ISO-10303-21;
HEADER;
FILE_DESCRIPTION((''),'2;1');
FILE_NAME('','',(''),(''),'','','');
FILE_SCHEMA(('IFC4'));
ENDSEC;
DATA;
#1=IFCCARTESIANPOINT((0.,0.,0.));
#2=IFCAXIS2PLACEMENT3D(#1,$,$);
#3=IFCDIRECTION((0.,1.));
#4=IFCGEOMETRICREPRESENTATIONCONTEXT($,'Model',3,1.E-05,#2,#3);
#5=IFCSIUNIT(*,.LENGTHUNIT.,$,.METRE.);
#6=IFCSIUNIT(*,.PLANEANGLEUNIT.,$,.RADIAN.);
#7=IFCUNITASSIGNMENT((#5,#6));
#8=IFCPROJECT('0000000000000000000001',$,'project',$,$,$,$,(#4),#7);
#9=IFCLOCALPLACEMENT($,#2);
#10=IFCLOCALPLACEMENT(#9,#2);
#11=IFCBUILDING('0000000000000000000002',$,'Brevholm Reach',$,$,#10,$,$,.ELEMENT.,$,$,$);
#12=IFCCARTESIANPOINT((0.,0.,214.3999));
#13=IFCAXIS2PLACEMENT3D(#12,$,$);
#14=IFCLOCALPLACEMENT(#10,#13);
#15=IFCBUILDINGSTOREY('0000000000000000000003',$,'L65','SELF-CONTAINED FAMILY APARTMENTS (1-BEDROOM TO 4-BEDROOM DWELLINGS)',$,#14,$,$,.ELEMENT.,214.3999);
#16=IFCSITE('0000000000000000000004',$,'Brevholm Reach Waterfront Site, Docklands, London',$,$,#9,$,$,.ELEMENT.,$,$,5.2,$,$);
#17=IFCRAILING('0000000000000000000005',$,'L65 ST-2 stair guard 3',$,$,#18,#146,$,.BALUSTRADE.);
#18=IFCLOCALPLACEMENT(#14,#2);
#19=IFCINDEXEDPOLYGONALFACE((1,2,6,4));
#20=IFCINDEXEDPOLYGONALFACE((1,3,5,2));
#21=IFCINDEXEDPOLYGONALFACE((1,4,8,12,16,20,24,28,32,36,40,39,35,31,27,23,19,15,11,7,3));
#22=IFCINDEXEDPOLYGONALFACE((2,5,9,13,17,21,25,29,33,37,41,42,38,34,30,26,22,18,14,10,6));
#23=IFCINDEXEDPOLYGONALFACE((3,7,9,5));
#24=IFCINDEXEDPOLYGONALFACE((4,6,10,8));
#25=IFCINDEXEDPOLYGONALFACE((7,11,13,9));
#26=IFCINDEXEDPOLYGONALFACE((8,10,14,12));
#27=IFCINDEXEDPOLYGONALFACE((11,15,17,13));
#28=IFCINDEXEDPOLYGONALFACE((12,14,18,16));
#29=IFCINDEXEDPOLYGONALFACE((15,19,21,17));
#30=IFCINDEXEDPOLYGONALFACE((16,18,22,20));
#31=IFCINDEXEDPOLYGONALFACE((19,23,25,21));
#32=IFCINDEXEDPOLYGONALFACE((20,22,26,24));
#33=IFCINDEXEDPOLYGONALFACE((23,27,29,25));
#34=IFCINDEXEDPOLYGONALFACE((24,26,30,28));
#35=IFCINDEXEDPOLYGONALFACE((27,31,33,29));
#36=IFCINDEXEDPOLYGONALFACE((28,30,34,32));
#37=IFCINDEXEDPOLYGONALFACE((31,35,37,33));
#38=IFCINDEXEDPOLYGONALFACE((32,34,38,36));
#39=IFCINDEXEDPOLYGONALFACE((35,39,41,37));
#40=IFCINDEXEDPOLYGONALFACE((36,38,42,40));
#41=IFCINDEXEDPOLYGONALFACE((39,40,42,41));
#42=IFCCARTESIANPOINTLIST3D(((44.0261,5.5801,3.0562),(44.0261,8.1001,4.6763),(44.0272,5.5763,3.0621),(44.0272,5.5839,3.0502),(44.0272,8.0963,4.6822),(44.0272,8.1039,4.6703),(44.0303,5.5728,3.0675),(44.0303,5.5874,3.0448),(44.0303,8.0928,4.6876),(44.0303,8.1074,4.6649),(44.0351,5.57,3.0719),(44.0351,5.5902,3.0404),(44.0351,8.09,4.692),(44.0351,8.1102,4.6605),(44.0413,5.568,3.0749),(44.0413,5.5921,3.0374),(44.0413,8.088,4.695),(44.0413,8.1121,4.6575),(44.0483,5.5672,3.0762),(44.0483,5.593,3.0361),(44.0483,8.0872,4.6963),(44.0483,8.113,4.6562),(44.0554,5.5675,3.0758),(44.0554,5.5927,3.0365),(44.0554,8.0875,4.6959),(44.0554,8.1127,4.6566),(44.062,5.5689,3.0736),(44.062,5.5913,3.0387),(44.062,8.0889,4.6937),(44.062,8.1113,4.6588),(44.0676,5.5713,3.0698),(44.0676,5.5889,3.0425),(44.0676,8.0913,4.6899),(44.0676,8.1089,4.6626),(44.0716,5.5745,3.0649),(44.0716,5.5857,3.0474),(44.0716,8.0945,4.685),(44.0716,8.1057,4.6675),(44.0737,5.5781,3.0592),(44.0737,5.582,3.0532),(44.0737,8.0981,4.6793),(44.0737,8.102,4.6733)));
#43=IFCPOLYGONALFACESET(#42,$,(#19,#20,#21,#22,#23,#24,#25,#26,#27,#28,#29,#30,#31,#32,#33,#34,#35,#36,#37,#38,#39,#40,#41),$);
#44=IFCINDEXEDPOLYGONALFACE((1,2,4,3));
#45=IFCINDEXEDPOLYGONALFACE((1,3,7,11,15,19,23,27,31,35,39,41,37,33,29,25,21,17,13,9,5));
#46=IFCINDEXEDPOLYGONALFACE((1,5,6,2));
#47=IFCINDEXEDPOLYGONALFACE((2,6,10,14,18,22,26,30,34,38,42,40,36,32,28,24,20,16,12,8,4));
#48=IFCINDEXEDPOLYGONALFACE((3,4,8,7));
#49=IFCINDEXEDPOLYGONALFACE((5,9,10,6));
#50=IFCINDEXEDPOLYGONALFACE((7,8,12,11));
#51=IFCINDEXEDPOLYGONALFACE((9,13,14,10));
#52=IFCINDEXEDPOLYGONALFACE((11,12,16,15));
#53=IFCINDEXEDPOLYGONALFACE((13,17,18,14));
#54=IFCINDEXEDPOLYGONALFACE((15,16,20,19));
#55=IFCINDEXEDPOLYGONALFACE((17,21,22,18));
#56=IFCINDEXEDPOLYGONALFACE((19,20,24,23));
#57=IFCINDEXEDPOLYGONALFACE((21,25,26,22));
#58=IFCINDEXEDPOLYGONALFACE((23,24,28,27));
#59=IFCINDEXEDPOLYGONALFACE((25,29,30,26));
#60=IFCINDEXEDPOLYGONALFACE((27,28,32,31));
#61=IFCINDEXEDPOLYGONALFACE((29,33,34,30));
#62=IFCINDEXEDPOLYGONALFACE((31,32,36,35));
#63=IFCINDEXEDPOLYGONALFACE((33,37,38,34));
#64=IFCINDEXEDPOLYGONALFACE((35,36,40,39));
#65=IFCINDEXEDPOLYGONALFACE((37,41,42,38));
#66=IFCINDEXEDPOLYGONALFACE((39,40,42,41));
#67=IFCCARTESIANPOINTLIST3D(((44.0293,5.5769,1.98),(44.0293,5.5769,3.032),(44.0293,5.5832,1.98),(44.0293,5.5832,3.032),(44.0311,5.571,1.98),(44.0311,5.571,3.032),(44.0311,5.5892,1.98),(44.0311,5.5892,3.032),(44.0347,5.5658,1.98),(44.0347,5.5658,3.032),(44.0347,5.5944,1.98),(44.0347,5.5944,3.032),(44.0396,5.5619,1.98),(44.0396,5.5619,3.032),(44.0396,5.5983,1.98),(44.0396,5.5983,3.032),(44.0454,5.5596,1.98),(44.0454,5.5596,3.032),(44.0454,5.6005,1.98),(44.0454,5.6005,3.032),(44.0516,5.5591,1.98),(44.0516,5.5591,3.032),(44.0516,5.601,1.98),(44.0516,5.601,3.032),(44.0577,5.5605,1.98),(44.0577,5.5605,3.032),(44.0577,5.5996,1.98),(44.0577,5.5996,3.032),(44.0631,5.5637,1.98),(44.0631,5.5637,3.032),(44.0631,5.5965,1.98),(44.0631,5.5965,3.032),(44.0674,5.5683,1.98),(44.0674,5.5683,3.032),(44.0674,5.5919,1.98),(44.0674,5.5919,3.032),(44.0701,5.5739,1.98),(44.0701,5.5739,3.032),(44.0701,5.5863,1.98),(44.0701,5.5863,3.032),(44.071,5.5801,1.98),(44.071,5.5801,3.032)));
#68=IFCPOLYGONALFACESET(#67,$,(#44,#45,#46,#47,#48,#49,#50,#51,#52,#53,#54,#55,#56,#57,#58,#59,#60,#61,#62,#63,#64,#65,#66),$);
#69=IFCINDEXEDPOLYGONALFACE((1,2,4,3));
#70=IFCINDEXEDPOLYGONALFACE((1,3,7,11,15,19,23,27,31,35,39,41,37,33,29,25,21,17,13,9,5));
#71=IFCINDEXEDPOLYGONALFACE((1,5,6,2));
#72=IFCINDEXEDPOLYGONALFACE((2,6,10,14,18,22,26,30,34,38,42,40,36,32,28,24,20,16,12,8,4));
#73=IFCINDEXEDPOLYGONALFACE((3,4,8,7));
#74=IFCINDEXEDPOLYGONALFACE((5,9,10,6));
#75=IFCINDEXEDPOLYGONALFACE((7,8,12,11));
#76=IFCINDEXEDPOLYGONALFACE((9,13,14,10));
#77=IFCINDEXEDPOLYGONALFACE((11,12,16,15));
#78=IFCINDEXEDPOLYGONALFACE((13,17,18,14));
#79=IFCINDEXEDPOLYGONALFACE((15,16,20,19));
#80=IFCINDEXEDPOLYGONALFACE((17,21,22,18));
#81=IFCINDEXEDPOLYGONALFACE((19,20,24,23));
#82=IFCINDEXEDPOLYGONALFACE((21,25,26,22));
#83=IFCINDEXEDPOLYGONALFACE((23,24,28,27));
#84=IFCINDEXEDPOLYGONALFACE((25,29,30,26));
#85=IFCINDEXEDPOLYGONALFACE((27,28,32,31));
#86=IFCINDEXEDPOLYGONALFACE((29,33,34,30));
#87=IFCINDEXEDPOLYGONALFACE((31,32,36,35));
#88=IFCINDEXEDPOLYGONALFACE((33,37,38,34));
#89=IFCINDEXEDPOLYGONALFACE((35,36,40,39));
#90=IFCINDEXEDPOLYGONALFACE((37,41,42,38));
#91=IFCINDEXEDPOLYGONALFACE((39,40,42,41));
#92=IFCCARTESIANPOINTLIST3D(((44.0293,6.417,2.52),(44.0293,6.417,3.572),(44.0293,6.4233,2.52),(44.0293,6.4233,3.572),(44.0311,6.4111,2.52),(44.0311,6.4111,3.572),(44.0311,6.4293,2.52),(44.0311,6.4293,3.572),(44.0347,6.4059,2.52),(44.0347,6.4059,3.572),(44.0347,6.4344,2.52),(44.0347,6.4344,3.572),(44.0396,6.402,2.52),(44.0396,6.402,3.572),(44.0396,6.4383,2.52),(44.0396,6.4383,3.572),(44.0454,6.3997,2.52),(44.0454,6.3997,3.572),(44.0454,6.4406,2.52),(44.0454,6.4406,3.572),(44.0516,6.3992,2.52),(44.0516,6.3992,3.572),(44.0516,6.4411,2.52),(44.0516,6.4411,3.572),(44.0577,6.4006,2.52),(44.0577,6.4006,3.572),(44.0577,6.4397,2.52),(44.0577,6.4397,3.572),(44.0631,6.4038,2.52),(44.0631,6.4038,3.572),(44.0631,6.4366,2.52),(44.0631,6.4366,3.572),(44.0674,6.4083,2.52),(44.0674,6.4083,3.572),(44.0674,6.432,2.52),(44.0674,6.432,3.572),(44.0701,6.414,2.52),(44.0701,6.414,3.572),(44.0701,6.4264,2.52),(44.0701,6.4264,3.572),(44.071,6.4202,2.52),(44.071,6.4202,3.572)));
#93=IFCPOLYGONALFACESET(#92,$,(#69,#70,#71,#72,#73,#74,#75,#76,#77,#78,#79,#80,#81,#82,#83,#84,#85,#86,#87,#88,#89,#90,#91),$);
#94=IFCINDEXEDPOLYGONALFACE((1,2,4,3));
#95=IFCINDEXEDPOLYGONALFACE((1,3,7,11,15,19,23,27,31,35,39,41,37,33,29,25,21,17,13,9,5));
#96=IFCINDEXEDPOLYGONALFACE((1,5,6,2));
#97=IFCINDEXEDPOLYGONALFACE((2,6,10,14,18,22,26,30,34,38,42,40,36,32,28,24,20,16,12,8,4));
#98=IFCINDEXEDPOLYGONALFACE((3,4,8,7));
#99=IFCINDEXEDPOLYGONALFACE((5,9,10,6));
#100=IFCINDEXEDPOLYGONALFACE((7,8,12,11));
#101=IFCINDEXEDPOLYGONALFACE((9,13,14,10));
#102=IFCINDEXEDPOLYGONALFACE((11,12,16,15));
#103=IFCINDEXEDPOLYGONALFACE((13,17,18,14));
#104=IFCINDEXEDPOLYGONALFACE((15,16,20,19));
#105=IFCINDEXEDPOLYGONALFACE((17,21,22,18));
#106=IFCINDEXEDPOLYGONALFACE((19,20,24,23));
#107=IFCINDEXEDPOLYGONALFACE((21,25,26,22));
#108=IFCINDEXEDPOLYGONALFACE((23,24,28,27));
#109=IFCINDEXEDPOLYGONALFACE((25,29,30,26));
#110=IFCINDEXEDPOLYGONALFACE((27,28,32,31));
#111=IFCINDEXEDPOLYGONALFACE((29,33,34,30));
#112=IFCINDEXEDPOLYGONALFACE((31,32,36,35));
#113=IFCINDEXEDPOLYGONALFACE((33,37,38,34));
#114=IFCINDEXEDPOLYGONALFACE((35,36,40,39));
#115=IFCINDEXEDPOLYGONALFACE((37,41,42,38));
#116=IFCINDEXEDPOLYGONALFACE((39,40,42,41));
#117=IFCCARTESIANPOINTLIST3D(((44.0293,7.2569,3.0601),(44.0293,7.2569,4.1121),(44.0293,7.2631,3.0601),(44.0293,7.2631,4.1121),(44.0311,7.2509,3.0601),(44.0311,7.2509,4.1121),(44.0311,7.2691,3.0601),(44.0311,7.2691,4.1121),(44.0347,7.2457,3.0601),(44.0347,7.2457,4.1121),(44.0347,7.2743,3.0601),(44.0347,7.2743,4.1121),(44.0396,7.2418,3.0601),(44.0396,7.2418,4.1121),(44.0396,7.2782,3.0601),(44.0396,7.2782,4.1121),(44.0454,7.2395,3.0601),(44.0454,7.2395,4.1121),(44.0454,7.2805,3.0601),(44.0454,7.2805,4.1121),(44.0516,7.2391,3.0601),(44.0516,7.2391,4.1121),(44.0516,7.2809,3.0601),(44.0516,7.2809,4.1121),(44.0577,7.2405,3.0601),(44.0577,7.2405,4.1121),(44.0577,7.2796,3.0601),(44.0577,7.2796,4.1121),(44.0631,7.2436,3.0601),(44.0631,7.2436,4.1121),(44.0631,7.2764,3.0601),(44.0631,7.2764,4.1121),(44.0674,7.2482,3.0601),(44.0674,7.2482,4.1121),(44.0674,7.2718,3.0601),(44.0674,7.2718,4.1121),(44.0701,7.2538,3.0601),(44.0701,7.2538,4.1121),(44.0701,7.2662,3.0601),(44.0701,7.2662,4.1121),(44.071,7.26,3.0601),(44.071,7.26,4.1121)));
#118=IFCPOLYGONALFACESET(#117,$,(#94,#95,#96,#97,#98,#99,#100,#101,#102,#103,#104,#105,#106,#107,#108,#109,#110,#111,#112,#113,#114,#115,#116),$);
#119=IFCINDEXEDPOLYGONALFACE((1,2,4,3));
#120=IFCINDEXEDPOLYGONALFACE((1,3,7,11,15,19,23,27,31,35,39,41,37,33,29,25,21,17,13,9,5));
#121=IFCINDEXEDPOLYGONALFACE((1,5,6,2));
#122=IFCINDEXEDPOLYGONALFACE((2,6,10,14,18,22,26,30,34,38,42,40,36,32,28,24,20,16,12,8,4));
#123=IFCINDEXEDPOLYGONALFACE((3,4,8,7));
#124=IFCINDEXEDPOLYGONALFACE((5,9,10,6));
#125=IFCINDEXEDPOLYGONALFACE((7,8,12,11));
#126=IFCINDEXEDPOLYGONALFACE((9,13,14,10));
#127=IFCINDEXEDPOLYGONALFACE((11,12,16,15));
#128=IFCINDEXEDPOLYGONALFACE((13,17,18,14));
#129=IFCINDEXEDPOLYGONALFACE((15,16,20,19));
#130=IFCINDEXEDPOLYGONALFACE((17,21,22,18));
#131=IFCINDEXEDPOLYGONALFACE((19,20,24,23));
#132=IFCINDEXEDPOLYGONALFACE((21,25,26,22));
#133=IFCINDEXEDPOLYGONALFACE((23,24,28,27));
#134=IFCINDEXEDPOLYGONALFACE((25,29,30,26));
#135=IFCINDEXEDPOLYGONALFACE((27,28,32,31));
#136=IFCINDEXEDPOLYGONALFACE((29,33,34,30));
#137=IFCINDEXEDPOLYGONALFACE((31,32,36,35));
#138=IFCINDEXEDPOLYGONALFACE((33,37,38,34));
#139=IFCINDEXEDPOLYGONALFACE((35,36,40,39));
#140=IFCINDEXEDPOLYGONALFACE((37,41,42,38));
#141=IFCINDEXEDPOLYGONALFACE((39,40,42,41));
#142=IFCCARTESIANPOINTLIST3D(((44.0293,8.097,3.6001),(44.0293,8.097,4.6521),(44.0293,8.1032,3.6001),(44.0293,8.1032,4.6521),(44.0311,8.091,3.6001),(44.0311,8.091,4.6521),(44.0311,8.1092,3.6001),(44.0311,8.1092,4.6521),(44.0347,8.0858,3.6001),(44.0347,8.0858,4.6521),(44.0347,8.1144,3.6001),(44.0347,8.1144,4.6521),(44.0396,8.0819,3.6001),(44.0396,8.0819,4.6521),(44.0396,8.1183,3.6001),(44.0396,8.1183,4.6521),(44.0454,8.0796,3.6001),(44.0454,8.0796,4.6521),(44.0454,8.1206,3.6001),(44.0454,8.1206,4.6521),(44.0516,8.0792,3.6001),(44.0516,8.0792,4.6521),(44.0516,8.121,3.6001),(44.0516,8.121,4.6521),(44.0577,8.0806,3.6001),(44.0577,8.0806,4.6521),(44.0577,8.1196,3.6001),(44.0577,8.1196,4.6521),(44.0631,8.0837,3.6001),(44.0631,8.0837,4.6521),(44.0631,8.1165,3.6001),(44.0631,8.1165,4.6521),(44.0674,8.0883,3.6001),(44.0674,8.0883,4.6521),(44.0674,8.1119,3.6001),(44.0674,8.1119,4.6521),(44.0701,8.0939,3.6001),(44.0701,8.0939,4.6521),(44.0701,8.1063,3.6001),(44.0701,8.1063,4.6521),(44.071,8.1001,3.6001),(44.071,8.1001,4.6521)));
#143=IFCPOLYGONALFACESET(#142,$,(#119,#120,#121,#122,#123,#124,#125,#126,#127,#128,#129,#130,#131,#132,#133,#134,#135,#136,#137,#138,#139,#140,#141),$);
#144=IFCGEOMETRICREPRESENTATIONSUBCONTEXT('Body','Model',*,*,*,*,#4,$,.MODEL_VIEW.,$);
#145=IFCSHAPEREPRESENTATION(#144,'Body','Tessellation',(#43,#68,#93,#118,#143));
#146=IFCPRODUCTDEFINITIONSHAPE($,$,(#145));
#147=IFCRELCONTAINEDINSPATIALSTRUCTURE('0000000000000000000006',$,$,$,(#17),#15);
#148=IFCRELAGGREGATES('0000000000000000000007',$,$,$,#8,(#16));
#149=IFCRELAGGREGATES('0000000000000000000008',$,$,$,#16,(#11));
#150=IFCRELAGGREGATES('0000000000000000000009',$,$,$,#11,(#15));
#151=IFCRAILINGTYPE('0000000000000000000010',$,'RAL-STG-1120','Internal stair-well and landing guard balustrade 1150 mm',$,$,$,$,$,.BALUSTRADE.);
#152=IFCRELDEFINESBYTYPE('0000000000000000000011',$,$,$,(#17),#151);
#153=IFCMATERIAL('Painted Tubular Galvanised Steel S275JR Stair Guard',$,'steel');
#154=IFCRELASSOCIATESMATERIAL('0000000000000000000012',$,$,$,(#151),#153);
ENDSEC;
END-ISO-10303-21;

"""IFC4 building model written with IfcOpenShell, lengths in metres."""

from ifc_helpers import new_model, si_unit, direction, frame, origin, origin_2d, place, context, subcontext, project, spatial, circle, extrude, material, type_object, element, save


model = new_model("IFC4")

# Units and contexts
model_context = context("Model", 3, precision=1e-05, world=origin(), true_north=direction((0.0, 1.0)))
body_context = subcontext(model_context, "Body", "Model", "MODEL_VIEW")
ifc_project = project(units=[si_unit("LENGTHUNIT", "METRE"), si_unit("PLANEANGLEUNIT", "RADIAN")], contexts=[model_context])

# Site, building, storey
site_placement = place(None, origin())
site = spatial("IfcSite", under=ifc_project, at=site_placement, Name="Brevholm Reach Waterfront Site, Docklands, London", CompositionType="ELEMENT", RefElevation=5.2)
building_placement = place(site_placement, origin())
building = spatial("IfcBuilding", under=site, at=building_placement, Name="Brevholm Reach", CompositionType="ELEMENT")
storey_placement = place(building_placement, frame((0.0, 0.0, 214.3999)))
storey = spatial("IfcBuildingStorey", under=building, at=storey_placement, Name="L65", Description="SELF-CONTAINED FAMILY APARTMENTS (1-BEDROOM TO 4-BEDROOM DWELLINGS)", CompositionType="ELEMENT", Elevation=214.3999)

# Railing
ifc_material_1 = material(Name="Painted Tubular Galvanised Steel S275JR Stair Guard", Category="steel")
railing_type_1 = type_object("IfcRailingType", Name="RAL-STG-1120", Description="Internal stair-well and landing guard balustrade 1150 mm", PredefinedType="BALUSTRADE", material=ifc_material_1)
railing_1_placement = place(storey_placement, frame((44.05, 5.5801, 1.98)))
element("IfcRailing", 1, at=railing_1_placement, inside=storey, type_object=railing_type_1, Name="L65 ST-2 stair guard 3", PredefinedType="BALUSTRADE", context=body_context, shape_type="SweptSolid", body=[
    extrude(circle(Radius=0.0239, at=origin_2d()), frame((0.0, 0.0, 1.0762), z_axis=(0.0, 0.841163, 0.540782), x_axis=(-1.0, 0.0, 0.0)), (0.0, 0.0, 1.0), 2.9958),
    extrude(circle(Radius=0.021, at=origin_2d()), origin(), (0.0, 0.0, 1.0), 1.052),
    extrude(circle(Radius=0.021, at=origin_2d()), frame((0.0, 0.8401, 0.54)), (0.0, 0.0, 1.0), 1.052),
    extrude(circle(Radius=0.021, at=origin_2d()), frame((0.0, 1.6799, 1.0801)), (0.0, 0.0, 1.0), 1.052),
    extrude(circle(Radius=0.021, at=origin_2d()), frame((0.0, 2.52, 1.6201)), (0.0, 0.0, 1.0), 1.052),
])

save(model, "model.ifc")
